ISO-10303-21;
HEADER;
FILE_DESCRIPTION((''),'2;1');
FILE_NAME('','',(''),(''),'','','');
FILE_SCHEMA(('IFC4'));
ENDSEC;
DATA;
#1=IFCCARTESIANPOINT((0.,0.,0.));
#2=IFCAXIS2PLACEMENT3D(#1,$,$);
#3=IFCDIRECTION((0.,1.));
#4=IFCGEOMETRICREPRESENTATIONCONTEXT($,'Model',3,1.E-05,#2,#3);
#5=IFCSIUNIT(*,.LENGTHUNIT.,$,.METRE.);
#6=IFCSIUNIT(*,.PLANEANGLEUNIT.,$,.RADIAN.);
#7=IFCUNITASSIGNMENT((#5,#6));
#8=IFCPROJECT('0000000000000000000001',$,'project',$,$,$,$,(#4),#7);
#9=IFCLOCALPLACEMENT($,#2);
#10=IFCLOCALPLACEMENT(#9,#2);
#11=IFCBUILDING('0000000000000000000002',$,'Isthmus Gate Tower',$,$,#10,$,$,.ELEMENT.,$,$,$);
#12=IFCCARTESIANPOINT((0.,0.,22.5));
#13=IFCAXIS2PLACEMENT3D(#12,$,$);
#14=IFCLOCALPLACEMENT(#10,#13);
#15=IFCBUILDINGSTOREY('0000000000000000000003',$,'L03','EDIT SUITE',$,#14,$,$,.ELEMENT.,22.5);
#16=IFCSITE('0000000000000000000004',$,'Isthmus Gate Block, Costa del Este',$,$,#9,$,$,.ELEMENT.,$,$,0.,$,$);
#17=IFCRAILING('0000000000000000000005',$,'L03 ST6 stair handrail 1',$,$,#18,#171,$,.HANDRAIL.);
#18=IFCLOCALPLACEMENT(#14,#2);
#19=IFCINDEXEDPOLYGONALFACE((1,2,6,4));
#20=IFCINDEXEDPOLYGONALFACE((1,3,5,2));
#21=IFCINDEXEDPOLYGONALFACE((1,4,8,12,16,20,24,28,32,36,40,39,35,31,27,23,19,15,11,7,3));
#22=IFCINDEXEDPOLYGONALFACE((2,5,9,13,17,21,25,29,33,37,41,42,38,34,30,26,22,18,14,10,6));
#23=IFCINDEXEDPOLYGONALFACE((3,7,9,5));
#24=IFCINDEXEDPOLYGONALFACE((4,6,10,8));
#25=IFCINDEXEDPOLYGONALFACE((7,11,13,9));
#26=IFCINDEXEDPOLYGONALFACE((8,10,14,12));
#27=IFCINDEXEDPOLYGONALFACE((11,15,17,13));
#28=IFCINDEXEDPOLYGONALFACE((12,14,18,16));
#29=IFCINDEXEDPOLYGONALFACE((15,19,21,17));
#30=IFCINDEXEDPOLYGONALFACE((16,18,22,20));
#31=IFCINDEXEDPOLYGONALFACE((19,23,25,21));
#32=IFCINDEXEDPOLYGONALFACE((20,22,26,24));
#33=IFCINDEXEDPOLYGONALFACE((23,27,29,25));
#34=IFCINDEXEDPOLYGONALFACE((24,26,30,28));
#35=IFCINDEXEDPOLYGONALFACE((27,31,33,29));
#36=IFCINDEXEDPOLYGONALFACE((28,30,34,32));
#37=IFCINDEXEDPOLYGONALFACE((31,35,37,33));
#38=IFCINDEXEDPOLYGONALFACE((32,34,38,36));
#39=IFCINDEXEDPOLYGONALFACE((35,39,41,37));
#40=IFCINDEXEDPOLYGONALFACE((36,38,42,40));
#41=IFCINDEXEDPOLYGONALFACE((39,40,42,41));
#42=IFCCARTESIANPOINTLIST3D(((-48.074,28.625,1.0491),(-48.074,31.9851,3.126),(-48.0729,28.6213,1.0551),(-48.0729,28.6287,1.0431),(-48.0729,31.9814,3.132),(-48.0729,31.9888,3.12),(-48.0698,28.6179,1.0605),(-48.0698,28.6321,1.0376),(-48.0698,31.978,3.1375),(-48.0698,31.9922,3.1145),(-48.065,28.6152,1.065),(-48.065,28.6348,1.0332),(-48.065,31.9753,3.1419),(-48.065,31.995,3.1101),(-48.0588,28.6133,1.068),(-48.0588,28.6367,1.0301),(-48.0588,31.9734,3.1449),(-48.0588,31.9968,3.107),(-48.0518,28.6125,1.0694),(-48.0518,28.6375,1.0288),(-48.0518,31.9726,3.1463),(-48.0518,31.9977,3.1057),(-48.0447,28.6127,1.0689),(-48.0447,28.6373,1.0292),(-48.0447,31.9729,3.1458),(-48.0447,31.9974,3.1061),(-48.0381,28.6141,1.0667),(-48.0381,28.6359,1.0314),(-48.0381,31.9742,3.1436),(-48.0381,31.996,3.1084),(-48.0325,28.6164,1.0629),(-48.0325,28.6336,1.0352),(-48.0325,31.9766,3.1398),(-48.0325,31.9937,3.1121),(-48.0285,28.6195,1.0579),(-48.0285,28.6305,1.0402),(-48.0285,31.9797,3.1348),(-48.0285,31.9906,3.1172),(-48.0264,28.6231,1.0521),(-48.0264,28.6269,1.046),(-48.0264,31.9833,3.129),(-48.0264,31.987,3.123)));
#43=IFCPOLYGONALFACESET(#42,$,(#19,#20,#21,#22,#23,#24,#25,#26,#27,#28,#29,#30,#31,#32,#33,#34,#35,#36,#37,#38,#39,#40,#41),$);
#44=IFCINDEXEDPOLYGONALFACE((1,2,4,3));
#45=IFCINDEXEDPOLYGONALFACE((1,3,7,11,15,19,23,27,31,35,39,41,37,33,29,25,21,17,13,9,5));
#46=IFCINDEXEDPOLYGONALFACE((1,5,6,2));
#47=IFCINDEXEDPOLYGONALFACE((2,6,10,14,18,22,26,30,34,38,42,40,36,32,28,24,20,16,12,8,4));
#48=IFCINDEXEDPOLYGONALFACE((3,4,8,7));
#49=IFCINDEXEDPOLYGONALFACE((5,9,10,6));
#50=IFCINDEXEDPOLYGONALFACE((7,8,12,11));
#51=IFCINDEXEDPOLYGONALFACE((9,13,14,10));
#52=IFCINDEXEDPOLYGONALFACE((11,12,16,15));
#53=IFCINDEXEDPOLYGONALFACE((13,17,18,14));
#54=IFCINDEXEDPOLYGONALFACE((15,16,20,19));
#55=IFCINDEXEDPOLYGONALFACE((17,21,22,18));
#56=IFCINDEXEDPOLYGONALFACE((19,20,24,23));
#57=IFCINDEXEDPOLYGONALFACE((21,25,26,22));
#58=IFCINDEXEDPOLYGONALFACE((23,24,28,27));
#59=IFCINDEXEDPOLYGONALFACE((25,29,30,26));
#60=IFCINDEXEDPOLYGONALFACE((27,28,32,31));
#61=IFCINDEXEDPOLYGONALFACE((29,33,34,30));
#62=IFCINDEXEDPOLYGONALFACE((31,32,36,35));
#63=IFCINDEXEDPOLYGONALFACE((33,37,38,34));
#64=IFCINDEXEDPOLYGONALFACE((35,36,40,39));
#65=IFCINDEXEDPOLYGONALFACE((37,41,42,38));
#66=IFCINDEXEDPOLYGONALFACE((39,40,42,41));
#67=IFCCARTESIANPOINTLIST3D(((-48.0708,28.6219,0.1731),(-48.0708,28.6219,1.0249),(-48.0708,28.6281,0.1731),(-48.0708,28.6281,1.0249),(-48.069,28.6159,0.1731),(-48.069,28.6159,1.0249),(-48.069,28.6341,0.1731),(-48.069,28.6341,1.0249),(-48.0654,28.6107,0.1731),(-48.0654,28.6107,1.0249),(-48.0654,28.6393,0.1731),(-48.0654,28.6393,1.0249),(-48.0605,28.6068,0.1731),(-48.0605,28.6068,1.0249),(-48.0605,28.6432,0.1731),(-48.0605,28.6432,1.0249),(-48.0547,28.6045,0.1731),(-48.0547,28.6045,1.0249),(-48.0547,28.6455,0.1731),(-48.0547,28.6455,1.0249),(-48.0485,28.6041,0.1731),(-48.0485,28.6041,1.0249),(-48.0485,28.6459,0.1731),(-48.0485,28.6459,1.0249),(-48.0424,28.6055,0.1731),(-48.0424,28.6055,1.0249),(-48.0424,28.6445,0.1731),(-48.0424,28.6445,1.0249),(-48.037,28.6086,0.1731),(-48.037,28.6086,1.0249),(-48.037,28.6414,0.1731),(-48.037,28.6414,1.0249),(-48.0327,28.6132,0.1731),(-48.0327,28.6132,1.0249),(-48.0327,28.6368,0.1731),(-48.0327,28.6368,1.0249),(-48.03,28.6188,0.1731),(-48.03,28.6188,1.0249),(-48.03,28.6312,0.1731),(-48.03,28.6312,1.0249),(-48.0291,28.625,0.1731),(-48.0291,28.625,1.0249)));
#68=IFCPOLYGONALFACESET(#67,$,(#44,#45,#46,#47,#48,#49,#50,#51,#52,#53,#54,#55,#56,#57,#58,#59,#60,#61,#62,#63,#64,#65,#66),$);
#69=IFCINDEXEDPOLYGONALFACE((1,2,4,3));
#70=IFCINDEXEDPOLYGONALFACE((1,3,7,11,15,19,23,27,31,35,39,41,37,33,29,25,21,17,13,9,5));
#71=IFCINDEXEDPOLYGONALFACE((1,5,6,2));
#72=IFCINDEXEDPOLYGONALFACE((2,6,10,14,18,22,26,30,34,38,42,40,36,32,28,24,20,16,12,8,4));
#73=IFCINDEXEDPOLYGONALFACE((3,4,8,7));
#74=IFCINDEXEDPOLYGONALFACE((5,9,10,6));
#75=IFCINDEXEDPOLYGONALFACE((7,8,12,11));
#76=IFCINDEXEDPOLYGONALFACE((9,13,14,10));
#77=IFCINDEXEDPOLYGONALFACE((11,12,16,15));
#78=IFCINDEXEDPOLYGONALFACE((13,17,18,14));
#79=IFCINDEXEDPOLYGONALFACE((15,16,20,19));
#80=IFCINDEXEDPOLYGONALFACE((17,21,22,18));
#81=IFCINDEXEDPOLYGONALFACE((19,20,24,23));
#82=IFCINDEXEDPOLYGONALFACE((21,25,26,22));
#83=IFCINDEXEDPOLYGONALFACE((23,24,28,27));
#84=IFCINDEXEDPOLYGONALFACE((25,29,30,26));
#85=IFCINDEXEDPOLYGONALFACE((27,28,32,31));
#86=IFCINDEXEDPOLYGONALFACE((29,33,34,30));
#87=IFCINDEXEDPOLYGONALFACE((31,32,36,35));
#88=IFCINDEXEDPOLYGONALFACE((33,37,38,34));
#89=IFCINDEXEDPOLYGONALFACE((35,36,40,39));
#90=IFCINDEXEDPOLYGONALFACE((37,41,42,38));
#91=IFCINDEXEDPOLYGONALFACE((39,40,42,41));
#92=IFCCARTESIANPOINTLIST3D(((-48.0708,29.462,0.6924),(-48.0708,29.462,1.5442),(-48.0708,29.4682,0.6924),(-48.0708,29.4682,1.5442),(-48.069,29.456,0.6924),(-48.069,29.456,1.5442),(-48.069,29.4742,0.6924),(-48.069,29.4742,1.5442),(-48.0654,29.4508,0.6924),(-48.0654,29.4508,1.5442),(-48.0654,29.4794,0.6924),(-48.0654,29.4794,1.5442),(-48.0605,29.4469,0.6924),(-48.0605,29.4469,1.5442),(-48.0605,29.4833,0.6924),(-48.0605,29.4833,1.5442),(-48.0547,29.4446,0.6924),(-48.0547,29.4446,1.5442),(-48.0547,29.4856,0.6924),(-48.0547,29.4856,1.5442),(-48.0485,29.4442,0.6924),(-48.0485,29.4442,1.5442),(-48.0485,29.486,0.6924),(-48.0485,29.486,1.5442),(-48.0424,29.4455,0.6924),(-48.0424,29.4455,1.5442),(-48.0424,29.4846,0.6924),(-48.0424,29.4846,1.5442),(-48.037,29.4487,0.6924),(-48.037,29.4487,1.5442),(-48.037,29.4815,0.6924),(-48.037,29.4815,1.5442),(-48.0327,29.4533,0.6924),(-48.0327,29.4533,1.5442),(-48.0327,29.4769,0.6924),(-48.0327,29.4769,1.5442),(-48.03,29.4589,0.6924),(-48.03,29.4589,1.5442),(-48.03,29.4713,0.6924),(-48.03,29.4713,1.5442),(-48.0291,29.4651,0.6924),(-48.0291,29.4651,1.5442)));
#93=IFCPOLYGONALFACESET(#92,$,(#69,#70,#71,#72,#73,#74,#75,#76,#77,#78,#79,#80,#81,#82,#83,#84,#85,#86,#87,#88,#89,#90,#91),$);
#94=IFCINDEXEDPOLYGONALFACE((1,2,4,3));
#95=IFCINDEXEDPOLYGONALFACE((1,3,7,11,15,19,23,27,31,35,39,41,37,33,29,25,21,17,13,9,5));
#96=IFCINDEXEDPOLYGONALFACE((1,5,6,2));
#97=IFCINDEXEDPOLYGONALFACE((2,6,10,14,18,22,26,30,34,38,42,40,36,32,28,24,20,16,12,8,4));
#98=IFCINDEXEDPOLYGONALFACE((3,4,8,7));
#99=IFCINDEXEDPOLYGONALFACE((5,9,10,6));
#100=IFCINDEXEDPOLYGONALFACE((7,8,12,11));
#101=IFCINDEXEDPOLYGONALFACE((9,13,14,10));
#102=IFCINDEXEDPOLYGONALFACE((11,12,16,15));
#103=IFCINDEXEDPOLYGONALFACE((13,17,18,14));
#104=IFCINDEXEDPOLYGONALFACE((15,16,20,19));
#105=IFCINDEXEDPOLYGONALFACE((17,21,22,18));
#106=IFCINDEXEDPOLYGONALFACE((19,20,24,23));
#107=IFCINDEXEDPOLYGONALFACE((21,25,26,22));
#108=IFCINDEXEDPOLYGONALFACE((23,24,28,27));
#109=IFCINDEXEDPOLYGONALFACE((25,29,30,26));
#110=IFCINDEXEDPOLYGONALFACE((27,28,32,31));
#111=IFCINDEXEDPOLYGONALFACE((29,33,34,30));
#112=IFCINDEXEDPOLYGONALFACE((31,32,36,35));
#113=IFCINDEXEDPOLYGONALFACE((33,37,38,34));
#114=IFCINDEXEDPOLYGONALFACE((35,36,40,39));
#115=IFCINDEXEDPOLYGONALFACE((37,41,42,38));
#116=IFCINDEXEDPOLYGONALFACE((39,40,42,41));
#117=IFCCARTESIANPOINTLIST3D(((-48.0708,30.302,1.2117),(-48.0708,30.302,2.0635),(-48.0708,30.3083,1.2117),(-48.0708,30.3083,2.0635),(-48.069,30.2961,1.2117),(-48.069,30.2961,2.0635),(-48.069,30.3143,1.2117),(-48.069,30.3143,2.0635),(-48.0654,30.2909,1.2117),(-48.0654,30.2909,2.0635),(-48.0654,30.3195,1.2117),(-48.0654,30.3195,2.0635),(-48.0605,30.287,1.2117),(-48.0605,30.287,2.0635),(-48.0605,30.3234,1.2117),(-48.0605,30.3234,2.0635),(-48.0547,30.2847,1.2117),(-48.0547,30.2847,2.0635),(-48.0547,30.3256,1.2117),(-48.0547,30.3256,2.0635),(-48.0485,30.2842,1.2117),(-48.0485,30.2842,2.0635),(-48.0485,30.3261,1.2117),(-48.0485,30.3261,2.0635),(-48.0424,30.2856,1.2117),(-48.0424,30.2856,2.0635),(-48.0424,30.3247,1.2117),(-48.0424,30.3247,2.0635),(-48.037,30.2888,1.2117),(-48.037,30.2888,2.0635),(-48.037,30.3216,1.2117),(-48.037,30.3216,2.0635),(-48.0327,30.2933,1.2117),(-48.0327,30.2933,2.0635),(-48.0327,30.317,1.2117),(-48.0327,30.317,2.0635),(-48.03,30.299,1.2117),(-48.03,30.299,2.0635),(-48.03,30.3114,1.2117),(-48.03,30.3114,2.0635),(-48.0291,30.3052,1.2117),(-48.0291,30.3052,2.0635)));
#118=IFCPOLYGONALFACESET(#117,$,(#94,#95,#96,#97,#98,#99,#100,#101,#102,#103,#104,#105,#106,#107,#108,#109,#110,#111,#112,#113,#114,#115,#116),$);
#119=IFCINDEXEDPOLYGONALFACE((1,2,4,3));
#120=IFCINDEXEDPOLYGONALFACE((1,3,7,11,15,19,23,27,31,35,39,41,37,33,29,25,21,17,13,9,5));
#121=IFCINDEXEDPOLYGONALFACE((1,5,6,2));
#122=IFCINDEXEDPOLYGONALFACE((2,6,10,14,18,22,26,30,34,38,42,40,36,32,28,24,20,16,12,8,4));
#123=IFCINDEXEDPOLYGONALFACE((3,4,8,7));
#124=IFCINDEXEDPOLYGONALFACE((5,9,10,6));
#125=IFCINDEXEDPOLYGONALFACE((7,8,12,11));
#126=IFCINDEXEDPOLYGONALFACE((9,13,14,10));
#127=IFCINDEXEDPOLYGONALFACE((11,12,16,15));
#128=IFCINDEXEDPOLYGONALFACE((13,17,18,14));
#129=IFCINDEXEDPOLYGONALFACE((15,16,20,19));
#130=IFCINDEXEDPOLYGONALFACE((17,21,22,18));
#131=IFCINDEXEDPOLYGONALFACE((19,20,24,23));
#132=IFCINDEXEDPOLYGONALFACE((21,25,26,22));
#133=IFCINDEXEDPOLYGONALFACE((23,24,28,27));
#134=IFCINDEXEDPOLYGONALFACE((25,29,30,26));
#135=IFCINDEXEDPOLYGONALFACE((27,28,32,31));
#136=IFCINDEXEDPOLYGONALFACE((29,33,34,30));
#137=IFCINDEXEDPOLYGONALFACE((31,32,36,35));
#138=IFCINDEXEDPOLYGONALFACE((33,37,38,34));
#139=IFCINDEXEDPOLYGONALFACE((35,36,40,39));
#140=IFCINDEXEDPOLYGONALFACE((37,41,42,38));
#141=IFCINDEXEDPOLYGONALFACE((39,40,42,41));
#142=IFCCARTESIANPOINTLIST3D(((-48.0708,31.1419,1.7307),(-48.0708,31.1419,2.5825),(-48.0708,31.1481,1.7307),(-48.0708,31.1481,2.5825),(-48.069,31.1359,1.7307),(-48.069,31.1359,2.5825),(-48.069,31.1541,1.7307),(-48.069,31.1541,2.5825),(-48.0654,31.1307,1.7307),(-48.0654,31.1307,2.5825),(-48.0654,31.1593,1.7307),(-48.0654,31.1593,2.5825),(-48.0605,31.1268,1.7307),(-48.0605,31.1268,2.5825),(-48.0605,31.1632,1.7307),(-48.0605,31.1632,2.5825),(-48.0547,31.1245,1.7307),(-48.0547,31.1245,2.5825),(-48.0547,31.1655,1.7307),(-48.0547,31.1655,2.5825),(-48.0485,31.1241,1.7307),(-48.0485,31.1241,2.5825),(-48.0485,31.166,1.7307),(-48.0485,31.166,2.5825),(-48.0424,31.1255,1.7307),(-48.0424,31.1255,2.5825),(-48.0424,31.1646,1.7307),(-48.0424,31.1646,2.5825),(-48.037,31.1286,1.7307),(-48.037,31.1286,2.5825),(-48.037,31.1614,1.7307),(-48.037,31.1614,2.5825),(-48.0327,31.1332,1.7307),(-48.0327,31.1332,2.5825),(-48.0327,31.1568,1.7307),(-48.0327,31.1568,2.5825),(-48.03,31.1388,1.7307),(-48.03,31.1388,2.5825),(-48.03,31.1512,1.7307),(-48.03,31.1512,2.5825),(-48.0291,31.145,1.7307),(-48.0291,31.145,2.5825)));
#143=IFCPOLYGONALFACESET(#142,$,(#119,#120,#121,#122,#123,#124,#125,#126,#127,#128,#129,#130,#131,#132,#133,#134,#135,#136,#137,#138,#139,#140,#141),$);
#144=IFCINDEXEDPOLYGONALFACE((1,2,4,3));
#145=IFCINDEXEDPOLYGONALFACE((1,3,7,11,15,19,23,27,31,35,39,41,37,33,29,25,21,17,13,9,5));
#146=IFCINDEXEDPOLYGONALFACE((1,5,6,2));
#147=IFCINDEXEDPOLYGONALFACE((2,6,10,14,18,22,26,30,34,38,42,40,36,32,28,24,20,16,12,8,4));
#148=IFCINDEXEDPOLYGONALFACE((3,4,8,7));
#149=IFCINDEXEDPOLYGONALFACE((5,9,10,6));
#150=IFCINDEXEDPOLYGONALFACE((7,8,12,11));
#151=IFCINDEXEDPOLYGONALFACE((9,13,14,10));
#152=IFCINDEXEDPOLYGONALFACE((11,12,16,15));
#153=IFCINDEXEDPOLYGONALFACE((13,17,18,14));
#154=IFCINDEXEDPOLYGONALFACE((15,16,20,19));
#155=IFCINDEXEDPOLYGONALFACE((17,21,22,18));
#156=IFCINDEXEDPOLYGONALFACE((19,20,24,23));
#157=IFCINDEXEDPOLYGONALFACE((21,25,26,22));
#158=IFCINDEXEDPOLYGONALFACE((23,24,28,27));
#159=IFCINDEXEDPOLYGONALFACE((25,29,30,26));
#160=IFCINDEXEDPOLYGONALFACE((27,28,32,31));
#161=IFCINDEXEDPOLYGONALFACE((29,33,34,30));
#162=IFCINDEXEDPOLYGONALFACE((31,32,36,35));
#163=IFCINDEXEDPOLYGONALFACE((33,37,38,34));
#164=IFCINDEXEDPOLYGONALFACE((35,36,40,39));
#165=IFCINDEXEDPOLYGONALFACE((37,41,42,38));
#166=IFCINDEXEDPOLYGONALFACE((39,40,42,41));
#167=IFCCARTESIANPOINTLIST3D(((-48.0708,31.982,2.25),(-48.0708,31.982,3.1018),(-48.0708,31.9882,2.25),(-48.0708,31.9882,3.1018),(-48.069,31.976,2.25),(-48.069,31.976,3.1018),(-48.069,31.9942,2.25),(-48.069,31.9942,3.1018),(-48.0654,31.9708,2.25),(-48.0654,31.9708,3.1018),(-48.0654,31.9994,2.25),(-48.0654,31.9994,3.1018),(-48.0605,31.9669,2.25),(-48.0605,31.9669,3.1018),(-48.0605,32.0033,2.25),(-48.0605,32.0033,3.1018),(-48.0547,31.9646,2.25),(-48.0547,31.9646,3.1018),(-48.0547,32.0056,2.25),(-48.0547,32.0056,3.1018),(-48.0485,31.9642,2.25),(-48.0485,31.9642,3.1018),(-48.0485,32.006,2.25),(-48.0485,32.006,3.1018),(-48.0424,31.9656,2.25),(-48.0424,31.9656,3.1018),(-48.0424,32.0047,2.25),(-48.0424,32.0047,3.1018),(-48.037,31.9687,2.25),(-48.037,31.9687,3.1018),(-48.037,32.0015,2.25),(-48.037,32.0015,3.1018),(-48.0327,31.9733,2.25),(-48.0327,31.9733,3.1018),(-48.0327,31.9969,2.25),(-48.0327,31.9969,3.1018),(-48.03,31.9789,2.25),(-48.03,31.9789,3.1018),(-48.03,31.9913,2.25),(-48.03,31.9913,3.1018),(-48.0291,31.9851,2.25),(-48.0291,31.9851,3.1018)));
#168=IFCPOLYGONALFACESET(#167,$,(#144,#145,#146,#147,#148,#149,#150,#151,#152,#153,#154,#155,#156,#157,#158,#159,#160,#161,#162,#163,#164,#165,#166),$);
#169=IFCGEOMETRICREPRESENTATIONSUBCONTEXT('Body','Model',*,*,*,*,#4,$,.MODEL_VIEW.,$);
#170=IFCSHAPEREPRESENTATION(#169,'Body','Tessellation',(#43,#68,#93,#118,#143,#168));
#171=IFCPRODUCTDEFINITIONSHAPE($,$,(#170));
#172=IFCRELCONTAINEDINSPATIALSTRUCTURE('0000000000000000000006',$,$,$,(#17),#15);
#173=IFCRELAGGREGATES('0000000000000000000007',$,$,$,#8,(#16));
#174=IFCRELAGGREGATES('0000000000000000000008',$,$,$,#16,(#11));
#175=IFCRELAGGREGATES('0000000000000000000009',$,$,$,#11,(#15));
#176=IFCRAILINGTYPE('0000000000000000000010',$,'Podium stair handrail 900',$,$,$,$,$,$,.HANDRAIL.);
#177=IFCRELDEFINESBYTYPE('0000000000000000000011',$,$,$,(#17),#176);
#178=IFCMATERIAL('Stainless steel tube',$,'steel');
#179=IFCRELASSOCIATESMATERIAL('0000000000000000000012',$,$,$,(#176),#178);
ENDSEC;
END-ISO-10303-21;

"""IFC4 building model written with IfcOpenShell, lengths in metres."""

from ifc_helpers import new_model, si_unit, direction, frame, origin, origin_2d, place, context, subcontext, project, spatial, circle, extrude, material, type_object, element, save


model = new_model("IFC4")

# Units and contexts
model_context = context("Model", 3, precision=1e-05, world=origin(), true_north=direction((0.0, 1.0)))
body_context = subcontext(model_context, "Body", "Model", "MODEL_VIEW")
ifc_project = project(units=[si_unit("LENGTHUNIT", "METRE"), si_unit("PLANEANGLEUNIT", "RADIAN")], contexts=[model_context])

# Site, building, storey
site_placement = place(None, origin())
site = spatial("IfcSite", under=ifc_project, at=site_placement, Name="Isthmus Gate Block, Costa del Este", CompositionType="ELEMENT", RefElevation=0.0)
building_placement = place(site_placement, origin())
building = spatial("IfcBuilding", under=site, at=building_placement, Name="Isthmus Gate Tower", CompositionType="ELEMENT")
storey_placement = place(building_placement, frame((0.0, 0.0, 22.5)))
storey = spatial("IfcBuildingStorey", under=building, at=storey_placement, Name="L03", Description="EDIT SUITE", CompositionType="ELEMENT", Elevation=22.5)

# Railing
ifc_material_1 = material(Name="Stainless steel tube", Category="steel")
railing_type_1 = type_object("IfcRailingType", Name="Podium stair handrail 900", PredefinedType="HANDRAIL", material=ifc_material_1)
railing_1_placement = place(storey_placement, frame((-48.05, 28.625, 0.1731)))
element("IfcRailing", 1, at=railing_1_placement, inside=storey, type_object=railing_type_1, Name="L03 ST6 stair handrail 1", PredefinedType="HANDRAIL", context=body_context, shape_type="SweptSolid", body=[
    extrude(circle(Radius=0.0239, at=origin_2d()), frame((0.0, 0.0, 0.876), z_axis=(0.0, 0.850623, 0.525776), x_axis=(-1.0, 0.0, 0.0)), (0.0, 0.0, 1.0), 3.9502),
    extrude(circle(Radius=0.021, at=origin_2d()), origin(), (0.0, 0.0, 1.0), 0.8518),
    extrude(circle(Radius=0.021, at=origin_2d()), frame((0.0, 0.8401, 0.5193)), (0.0, 0.0, 1.0), 0.8518),
    extrude(circle(Radius=0.021, at=origin_2d()), frame((0.0, 1.6802, 1.0386)), (0.0, 0.0, 1.0), 0.8518),
    extrude(circle(Radius=0.021, at=origin_2d()), frame((0.0, 2.52, 1.5576)), (0.0, 0.0, 1.0), 0.8518),
    extrude(circle(Radius=0.021, at=origin_2d()), frame((0.0, 3.3601, 2.0769)), (0.0, 0.0, 1.0), 0.8518),
])

save(model, "model.ifc")
